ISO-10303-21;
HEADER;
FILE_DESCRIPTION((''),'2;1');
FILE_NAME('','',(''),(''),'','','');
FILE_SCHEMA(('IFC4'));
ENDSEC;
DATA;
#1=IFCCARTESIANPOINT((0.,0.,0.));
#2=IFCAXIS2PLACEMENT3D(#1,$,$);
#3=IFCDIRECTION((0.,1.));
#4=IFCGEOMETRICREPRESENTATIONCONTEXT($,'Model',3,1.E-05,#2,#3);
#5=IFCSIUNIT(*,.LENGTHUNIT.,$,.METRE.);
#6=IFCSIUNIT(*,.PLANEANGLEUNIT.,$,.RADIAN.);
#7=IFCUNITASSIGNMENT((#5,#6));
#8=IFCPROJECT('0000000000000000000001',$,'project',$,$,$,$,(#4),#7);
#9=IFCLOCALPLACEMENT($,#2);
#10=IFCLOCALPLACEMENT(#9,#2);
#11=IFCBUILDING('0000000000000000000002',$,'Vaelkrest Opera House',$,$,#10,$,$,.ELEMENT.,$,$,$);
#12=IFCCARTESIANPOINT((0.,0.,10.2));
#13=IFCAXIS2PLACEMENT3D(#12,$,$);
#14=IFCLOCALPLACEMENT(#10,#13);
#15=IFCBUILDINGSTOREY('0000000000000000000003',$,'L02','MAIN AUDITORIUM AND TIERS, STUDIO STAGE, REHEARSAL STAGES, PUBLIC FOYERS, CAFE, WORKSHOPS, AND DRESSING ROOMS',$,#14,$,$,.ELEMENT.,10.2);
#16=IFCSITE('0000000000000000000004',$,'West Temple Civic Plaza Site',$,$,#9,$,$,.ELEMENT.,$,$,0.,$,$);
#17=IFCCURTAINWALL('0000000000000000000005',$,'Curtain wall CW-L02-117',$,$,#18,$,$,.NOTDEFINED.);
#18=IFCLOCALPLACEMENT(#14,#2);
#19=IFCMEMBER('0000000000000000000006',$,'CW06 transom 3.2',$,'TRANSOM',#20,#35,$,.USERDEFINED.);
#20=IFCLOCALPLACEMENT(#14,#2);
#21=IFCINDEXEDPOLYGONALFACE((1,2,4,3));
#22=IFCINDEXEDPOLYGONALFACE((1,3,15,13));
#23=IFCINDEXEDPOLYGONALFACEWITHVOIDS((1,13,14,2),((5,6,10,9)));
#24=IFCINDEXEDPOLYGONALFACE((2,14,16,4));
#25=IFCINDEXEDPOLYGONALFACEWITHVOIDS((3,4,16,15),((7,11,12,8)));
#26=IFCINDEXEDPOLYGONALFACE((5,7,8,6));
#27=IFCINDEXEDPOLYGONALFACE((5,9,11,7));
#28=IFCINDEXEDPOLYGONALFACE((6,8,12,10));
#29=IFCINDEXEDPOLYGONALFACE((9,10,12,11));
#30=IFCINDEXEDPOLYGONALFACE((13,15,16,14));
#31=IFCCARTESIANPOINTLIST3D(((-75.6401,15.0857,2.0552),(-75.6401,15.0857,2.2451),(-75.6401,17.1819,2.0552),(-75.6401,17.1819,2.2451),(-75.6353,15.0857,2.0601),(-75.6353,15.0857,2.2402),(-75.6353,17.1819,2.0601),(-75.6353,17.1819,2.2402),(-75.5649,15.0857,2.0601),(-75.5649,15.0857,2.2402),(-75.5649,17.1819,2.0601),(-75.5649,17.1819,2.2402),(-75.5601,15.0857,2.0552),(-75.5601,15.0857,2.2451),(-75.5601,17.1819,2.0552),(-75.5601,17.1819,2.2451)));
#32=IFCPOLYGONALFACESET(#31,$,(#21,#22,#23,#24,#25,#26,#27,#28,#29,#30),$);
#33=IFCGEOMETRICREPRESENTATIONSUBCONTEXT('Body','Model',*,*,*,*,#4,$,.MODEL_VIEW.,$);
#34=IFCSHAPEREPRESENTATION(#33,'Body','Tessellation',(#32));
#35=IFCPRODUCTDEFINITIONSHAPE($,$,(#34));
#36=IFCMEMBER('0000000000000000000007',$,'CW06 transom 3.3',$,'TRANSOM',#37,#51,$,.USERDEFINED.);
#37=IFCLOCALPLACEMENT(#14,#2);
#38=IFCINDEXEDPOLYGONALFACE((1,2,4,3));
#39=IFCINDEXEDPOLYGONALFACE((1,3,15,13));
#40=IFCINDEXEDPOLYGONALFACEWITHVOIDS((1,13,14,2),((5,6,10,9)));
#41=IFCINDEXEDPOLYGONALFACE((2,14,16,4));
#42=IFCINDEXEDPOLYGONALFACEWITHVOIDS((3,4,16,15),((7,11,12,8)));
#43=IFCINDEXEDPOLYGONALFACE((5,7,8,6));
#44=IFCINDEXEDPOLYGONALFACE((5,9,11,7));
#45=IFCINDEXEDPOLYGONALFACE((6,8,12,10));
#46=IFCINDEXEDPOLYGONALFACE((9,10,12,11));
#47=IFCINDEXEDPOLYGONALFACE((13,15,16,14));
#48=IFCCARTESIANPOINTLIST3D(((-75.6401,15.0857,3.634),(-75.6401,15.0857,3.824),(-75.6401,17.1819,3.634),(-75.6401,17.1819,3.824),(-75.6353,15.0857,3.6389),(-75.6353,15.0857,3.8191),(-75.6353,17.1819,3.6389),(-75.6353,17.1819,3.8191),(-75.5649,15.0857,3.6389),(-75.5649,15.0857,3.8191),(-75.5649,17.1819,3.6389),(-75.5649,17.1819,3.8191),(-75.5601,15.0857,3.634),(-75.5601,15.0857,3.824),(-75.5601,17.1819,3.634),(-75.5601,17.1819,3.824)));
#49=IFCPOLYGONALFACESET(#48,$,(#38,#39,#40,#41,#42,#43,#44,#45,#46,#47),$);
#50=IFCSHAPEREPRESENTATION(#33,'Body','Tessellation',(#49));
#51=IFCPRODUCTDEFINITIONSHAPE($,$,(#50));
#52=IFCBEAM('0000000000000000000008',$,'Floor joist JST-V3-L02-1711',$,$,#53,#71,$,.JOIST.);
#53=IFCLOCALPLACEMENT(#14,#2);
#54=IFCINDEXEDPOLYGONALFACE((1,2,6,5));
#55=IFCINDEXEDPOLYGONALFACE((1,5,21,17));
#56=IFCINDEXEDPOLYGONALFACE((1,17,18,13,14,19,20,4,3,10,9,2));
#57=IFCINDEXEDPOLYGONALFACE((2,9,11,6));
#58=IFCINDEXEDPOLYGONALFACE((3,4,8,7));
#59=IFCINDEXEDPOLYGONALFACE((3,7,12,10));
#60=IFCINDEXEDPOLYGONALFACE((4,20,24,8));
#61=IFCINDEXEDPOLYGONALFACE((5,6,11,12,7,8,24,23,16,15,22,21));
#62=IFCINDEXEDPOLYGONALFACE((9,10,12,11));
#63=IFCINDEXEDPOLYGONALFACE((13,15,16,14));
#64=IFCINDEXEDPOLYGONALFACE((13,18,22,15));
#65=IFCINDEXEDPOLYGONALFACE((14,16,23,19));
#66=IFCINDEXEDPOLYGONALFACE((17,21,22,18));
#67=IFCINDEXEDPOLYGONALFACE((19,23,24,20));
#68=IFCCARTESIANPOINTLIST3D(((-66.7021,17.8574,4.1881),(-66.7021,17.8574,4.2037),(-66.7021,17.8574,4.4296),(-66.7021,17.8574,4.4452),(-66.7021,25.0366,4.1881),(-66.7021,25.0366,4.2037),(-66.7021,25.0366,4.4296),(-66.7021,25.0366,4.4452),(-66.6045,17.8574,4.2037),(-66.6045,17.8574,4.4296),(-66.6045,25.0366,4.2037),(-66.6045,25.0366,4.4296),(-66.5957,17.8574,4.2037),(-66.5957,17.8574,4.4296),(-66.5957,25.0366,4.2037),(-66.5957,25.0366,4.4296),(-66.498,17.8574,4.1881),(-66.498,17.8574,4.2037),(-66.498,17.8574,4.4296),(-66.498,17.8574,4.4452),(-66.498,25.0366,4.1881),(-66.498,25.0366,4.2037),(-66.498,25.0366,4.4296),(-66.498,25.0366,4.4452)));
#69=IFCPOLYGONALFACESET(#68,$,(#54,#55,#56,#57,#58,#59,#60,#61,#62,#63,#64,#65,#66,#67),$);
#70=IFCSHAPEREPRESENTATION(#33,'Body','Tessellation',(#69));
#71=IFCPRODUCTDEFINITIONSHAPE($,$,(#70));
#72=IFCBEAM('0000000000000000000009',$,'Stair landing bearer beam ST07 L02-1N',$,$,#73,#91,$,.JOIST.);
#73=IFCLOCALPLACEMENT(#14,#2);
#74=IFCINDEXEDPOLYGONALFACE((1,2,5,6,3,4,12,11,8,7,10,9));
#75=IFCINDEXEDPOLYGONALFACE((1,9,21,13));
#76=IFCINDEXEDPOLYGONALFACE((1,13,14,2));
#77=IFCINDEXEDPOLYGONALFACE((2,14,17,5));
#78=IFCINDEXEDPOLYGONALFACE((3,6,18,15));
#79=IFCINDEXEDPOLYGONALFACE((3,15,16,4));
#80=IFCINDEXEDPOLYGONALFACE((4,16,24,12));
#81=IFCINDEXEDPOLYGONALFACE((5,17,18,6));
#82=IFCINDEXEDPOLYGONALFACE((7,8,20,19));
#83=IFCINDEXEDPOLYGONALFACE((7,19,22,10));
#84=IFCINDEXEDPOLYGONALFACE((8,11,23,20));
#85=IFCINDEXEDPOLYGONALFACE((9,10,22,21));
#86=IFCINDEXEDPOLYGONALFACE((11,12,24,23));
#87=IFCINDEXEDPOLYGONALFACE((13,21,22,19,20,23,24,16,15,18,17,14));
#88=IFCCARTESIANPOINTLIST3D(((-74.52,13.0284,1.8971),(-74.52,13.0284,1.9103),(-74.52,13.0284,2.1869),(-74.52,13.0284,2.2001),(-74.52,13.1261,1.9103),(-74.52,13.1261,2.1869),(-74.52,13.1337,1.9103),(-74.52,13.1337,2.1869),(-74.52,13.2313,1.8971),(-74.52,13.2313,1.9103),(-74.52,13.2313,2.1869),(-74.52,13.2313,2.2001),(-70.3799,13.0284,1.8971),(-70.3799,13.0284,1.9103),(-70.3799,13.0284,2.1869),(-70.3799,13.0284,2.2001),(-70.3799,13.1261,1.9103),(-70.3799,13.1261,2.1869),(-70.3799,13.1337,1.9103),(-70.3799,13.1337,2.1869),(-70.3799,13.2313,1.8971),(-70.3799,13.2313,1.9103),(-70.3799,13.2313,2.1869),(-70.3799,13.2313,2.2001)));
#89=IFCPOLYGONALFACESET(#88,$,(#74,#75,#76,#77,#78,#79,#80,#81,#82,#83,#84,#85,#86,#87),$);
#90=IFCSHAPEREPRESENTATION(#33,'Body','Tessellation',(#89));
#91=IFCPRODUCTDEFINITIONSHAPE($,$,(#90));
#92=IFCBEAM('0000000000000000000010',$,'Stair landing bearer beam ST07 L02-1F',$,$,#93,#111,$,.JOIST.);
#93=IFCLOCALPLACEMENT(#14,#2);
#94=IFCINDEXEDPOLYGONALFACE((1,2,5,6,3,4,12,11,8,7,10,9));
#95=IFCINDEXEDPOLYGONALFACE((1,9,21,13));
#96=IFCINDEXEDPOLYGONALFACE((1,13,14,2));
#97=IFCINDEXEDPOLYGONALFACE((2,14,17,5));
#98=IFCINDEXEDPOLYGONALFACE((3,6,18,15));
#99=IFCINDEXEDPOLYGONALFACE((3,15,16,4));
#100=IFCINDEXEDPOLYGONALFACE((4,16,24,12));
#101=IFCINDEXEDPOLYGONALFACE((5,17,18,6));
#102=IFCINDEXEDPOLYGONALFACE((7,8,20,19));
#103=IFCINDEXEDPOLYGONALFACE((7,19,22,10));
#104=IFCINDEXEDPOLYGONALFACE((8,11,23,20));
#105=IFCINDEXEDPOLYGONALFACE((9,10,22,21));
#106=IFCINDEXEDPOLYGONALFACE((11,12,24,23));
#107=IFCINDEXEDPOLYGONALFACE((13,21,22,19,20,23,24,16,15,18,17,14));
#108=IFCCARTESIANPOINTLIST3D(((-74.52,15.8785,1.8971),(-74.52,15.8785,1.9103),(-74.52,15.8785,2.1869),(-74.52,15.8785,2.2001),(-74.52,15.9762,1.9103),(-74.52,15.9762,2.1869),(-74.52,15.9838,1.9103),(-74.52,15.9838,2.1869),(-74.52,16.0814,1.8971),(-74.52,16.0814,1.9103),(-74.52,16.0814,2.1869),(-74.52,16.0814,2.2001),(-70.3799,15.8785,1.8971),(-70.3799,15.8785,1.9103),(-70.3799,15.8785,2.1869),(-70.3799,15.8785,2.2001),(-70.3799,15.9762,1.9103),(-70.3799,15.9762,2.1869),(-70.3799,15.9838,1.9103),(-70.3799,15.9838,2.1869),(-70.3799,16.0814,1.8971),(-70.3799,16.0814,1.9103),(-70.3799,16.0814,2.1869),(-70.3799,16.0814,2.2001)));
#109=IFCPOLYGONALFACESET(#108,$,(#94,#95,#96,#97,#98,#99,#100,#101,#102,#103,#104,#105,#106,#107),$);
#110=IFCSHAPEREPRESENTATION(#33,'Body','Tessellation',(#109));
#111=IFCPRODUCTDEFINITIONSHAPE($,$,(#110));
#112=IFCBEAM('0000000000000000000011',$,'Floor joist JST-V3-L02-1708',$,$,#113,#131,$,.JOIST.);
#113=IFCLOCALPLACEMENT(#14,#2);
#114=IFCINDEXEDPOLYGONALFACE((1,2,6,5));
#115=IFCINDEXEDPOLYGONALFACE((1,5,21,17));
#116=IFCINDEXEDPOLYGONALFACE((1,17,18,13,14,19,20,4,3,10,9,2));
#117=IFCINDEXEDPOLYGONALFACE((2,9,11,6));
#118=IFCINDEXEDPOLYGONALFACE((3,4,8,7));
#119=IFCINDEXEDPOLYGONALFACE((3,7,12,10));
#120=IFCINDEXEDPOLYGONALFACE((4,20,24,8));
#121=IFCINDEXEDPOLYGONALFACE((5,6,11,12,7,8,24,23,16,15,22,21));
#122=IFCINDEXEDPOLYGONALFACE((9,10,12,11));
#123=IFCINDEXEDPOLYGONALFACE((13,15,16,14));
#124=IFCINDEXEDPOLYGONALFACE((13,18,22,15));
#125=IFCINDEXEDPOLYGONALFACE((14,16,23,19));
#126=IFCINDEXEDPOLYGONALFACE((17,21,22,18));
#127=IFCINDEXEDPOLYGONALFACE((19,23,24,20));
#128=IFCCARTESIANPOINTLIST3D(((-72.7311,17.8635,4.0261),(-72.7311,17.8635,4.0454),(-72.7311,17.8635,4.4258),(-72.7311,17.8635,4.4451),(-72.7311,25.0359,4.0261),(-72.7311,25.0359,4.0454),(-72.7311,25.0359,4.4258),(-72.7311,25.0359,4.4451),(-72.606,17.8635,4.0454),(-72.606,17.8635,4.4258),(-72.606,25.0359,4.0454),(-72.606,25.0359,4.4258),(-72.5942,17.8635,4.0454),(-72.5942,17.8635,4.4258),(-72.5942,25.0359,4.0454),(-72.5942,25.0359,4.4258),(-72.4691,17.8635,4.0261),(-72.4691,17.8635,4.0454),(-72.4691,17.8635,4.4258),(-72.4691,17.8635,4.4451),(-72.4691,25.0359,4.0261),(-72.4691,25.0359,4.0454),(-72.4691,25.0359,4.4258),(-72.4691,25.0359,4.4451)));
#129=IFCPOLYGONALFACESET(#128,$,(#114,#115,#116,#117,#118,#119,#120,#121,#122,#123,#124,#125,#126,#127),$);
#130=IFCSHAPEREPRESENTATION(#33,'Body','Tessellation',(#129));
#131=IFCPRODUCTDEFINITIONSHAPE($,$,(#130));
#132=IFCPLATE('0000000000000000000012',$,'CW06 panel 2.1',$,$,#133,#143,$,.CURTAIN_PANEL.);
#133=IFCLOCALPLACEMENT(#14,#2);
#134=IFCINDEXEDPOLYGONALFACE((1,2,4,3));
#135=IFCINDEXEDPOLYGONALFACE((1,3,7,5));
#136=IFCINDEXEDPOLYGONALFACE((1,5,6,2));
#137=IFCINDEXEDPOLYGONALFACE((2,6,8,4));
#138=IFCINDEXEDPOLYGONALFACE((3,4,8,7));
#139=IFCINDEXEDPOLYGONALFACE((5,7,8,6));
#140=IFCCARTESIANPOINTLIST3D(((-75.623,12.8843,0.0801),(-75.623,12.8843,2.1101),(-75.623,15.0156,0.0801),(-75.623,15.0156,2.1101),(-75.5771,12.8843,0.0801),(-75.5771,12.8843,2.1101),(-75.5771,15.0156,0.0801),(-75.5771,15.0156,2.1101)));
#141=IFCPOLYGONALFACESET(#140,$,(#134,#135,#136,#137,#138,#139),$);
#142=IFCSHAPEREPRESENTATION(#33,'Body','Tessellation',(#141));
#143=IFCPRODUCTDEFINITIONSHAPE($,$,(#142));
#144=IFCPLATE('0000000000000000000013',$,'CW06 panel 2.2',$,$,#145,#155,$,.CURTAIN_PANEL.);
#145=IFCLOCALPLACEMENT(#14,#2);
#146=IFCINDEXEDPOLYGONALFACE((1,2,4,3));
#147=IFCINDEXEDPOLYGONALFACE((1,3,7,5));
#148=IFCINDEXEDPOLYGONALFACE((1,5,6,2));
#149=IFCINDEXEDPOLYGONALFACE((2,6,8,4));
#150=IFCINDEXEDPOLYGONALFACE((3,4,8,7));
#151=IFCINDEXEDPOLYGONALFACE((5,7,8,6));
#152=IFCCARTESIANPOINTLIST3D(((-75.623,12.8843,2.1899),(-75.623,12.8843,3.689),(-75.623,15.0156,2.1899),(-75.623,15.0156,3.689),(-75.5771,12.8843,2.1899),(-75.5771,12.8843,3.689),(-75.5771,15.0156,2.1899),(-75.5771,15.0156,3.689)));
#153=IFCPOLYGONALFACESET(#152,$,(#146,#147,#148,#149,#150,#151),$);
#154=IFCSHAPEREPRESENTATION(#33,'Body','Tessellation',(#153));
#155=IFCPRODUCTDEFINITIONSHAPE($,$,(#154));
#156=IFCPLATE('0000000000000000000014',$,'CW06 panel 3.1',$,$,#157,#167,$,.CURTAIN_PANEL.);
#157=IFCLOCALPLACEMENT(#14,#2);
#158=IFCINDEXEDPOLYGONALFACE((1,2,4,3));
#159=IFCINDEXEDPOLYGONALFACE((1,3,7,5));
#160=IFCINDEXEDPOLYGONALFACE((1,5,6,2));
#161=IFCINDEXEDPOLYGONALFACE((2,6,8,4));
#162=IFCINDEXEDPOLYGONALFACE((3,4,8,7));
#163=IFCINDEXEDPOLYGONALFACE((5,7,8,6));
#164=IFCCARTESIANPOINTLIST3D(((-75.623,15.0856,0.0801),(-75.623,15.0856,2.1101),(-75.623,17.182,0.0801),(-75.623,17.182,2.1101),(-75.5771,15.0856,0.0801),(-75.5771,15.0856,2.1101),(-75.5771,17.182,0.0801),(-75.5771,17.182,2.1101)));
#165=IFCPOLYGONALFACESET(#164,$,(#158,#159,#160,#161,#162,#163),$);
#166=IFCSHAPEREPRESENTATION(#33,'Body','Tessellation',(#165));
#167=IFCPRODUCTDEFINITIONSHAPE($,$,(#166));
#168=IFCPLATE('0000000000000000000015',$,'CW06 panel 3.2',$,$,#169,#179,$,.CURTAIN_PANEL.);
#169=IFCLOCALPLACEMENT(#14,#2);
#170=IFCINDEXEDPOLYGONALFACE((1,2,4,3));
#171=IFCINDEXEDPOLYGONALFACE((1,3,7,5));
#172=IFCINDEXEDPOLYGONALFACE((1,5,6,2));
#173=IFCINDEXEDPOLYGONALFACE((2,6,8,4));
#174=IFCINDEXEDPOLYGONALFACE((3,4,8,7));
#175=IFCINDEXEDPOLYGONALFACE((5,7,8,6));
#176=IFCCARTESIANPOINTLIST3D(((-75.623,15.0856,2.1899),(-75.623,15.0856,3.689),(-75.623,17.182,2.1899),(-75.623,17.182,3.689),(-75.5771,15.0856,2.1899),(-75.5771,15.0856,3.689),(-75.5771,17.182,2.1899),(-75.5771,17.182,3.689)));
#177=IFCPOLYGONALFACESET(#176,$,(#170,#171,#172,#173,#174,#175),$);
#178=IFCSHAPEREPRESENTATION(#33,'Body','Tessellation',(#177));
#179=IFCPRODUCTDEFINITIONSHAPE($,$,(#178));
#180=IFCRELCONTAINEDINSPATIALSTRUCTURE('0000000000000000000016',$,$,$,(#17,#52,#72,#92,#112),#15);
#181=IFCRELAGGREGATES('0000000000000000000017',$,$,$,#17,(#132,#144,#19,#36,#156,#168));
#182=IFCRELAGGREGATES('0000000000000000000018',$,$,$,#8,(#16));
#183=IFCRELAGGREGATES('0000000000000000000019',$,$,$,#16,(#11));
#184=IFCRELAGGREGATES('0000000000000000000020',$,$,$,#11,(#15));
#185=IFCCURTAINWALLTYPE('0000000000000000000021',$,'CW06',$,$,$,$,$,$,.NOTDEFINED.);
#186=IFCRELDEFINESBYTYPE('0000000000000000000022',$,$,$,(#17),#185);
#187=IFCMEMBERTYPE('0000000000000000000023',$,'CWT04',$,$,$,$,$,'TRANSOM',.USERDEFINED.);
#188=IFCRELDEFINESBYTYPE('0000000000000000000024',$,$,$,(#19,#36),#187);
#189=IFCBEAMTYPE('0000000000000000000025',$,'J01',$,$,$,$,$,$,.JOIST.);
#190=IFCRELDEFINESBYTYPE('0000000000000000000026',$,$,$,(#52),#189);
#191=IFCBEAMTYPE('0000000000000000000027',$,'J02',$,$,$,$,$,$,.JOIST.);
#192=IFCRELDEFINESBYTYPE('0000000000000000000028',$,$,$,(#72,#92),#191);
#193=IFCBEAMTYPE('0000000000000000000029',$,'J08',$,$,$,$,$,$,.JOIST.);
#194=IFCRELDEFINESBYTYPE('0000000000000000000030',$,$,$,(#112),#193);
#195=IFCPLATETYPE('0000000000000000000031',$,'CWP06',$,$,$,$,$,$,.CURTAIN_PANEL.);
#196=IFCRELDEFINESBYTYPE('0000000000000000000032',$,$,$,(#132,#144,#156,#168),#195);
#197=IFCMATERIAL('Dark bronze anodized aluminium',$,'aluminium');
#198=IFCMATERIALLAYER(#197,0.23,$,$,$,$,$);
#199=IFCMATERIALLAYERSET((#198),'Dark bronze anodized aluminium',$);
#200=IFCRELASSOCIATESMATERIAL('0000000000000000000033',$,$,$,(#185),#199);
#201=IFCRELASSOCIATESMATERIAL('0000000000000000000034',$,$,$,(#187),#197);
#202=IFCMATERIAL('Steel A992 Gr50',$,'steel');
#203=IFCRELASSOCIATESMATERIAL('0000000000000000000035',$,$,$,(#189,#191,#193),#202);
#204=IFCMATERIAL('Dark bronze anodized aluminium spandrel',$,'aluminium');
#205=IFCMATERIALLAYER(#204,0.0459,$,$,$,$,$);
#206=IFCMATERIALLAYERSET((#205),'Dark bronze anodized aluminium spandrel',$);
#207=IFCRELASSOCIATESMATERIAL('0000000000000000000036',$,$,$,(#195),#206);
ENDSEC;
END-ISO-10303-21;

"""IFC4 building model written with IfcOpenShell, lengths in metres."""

from ifc_helpers import new_model, si_unit, direction, frame, origin, origin_2d, place, context, subcontext, project, spatial, rectangle, hollow_rectangle, i_section, extrude, material, layer, layer_set, material_profile, profile_set, type_object, element, aggregate, save


model = new_model("IFC4")

# Units and contexts
model_context = context("Model", 3, precision=1e-05, world=origin(), true_north=direction((0.0, 1.0)))
body_context = subcontext(model_context, "Body", "Model", "MODEL_VIEW")
ifc_project = project(units=[si_unit("LENGTHUNIT", "METRE"), si_unit("PLANEANGLEUNIT", "RADIAN")], contexts=[model_context])

# Site, building, storey
site_placement = place(None, origin())
site = spatial("IfcSite", under=ifc_project, at=site_placement, Name="West Temple Civic Plaza Site", CompositionType="ELEMENT", RefElevation=0.0)
building_placement = place(site_placement, origin())
building = spatial("IfcBuilding", under=site, at=building_placement, Name="Vaelkrest Opera House", CompositionType="ELEMENT")
storey_placement = place(building_placement, frame((0.0, 0.0, 10.2)))
storey = spatial("IfcBuildingStorey", under=building, at=storey_placement, Name="L02", Description="MAIN AUDITORIUM AND TIERS, STUDIO STAGE, REHEARSAL STAGES, PUBLIC FOYERS, CAFE, WORKSHOPS, AND DRESSING ROOMS", CompositionType="ELEMENT", Elevation=10.2)

# Shared definitions
ifc_material_1 = material(Name="Steel A992 Gr50", Category="steel")

# Curtain wall, members
ifc_material_2 = material(Name="Dark bronze anodized aluminium", Category="aluminium")
ifc_layer_1 = layer(ifc_material_2, 0.23)
ifc_layer_set_1 = layer_set([ifc_layer_1], Name="Dark bronze anodized aluminium")
curtain_wall_type = type_object("IfcCurtainWallType", Name="CW06", PredefinedType="NOTDEFINED", material=ifc_layer_set_1)
curtain_wall_placement = place(storey_placement, origin())
curtain_wall = element("IfcCurtainWall", 1, at=curtain_wall_placement, inside=storey, type_object=curtain_wall_type, Name="Curtain wall CW-L02-117", PredefinedType="NOTDEFINED")
ifc_material_profile_1 = material_profile(ifc_material_2, hollow_rectangle(XDim=0.0801, YDim=0.1899, WallThickness=0.0049, at=origin_2d()), Name="CWT80X190")
ifc_profile_set_1 = profile_set([ifc_material_profile_1], Name="Dark bronze anodized aluminium")
member_type_1 = type_object("IfcMemberType", Name="CWT04", ElementType="TRANSOM", PredefinedType="USERDEFINED", material=ifc_profile_set_1)
member_1_placement = place(storey_placement, frame((-75.6001, 15.0857, 2.1501), z_axis=(0.0, 1.0, 0.0), x_axis=(-1.0, 0.0, 0.0)))
member_1 = element("IfcMember", 2, at=member_1_placement, type_object=member_type_1, Name="CW06 transom 3.2", ObjectType="TRANSOM", PredefinedType="USERDEFINED", context=body_context, shape_type="SweptSolid", body=[
    extrude(hollow_rectangle(XDim=0.0801, YDim=0.1899, WallThickness=0.0049, at=origin_2d()), origin(), (0.0, 0.0, 1.0), 2.0962),
])
member_2_placement = place(storey_placement, frame((-75.6001, 15.0857, 3.729), z_axis=(0.0, 1.0, 0.0), x_axis=(-1.0, 0.0, 0.0)))
member_2 = element("IfcMember", 3, at=member_2_placement, type_object=member_type_1, Name="CW06 transom 3.3", ObjectType="TRANSOM", PredefinedType="USERDEFINED", context=body_context, shape_type="SweptSolid", body=[
    extrude(hollow_rectangle(XDim=0.0801, YDim=0.1899, WallThickness=0.0049, at=origin_2d()), origin(), (0.0, 0.0, 1.0), 2.0962),
])

# Beams
ifc_material_profile_2 = material_profile(ifc_material_1, i_section(OverallWidth=0.2041, OverallDepth=0.2571, WebThickness=0.0088, FlangeThickness=0.0156, at=origin_2d()), Name="W10X45")
ifc_profile_set_2 = profile_set([ifc_material_profile_2], Name="Steel A992 Gr50")
beam_type_1 = type_object("IfcBeamType", Name="J01", PredefinedType="JOIST", material=ifc_profile_set_2)
beam_1_placement = place(storey_placement, frame((-66.6001, 17.8574, 4.3167), z_axis=(0.0, 1.0, 0.0), x_axis=(-1.0, 0.0, 0.0)))
element("IfcBeam", 4, at=beam_1_placement, inside=storey, type_object=beam_type_1, Name="Floor joist JST-V3-L02-1711", PredefinedType="JOIST", context=body_context, shape_type="SweptSolid", body=[
    extrude(i_section(OverallWidth=0.2041, OverallDepth=0.2571, WebThickness=0.0088, FlangeThickness=0.0156, at=origin_2d()), origin(), (0.0, 0.0, 1.0), 7.1792),
])
ifc_material_profile_3 = material_profile(ifc_material_1, i_section(OverallWidth=0.2029, OverallDepth=0.303, WebThickness=0.0076, FlangeThickness=0.0132, at=origin_2d()), Name="W12X40")
ifc_profile_set_3 = profile_set([ifc_material_profile_3], Name="Steel A992 Gr50")
beam_type_2 = type_object("IfcBeamType", Name="J02", PredefinedType="JOIST", material=ifc_profile_set_3)
for number, where, z_axis, x_axis, name in (
    (5, (-74.52, 13.1299, 2.0486), (1.0, 0.0, 0.0), (0.0, 1.0, 0.0), "Stair landing bearer beam ST07 L02-1N"),
    (6, (-74.52, 15.98, 2.0486), (1.0, 0.0, 0.0), (0.0, 1.0, 0.0), "Stair landing bearer beam ST07 L02-1F"),
):
    element("IfcBeam", number, at=place(storey_placement, frame(where, z_axis=z_axis, x_axis=x_axis)), inside=storey, type_object=beam_type_2, Name=name, PredefinedType="JOIST", context=body_context, shape_type="SweptSolid", body=[
        extrude(i_section(OverallWidth=0.2029, OverallDepth=0.303, WebThickness=0.0076, FlangeThickness=0.0132, at=origin_2d()), origin(), (0.0, 0.0, 1.0), 4.1401),
    ])
ifc_material_profile_4 = material_profile(ifc_material_1, i_section(OverallWidth=0.262, OverallDepth=0.4189, WebThickness=0.0117, FlangeThickness=0.0193, at=origin_2d()), Name="W16X77")
ifc_profile_set_4 = profile_set([ifc_material_profile_4], Name="Steel A992 Gr50")
beam_type_3 = type_object("IfcBeamType", Name="J08", PredefinedType="JOIST", material=ifc_profile_set_4)
beam_2_placement = place(storey_placement, frame((-72.6001, 17.8635, 4.2356), z_axis=(0.0, 1.0, 0.0), x_axis=(-1.0, 0.0, 0.0)))
element("IfcBeam", 7, at=beam_2_placement, inside=storey, type_object=beam_type_3, Name="Floor joist JST-V3-L02-1708", PredefinedType="JOIST", context=body_context, shape_type="SweptSolid", body=[
    extrude(i_section(OverallWidth=0.262, OverallDepth=0.4189, WebThickness=0.0117, FlangeThickness=0.0193, at=origin_2d()), origin(), (0.0, 0.0, 1.0), 7.1724),
])

# Plates
ifc_material_3 = material(Name="Dark bronze anodized aluminium spandrel", Category="aluminium")
ifc_layer_2 = layer(ifc_material_3, 0.0459)
ifc_layer_set_2 = layer_set([ifc_layer_2], Name="Dark bronze anodized aluminium spandrel")
plate_type = type_object("IfcPlateType", Name="CWP06", PredefinedType="CURTAIN_PANEL", material=ifc_layer_set_2)
plate_1_placement = place(storey_placement, frame((-75.6001, 13.95, 0.0801), z_axis=(0.0, 0.0, 1.0), x_axis=(0.0, 1.0, 0.0)))
plate_1 = element("IfcPlate", 8, at=plate_1_placement, type_object=plate_type, Name="CW06 panel 2.1", PredefinedType="CURTAIN_PANEL", context=body_context, shape_type="SweptSolid", body=[
    extrude(rectangle(XDim=2.1313, YDim=0.0459, at=origin_2d()), origin(), (0.0, 0.0, 1.0), 2.03),
])
plate_2_placement = place(storey_placement, frame((-75.6001, 13.95, 2.1899), z_axis=(0.0, 0.0, 1.0), x_axis=(0.0, 1.0, 0.0)))
plate_2 = element("IfcPlate", 9, at=plate_2_placement, type_object=plate_type, Name="CW06 panel 2.2", PredefinedType="CURTAIN_PANEL", context=body_context, shape_type="SweptSolid", body=[
    extrude(rectangle(XDim=2.1313, YDim=0.0459, at=origin_2d()), origin(), (0.0, 0.0, 1.0), 1.499),
])
plate_3_placement = place(storey_placement, frame((-75.6001, 16.1338, 0.0801), z_axis=(0.0, 0.0, 1.0), x_axis=(0.0, 1.0, 0.0)))
plate_3 = element("IfcPlate", 10, at=plate_3_placement, type_object=plate_type, Name="CW06 panel 3.1", PredefinedType="CURTAIN_PANEL", context=body_context, shape_type="SweptSolid", body=[
    extrude(rectangle(XDim=2.0964, YDim=0.0459, at=origin_2d()), origin(), (0.0, 0.0, 1.0), 2.03),
])
plate_4_placement = place(storey_placement, frame((-75.6001, 16.1338, 2.1899), z_axis=(0.0, 0.0, 1.0), x_axis=(0.0, 1.0, 0.0)))
plate_4 = element("IfcPlate", 11, at=plate_4_placement, type_object=plate_type, Name="CW06 panel 3.2", PredefinedType="CURTAIN_PANEL", context=body_context, shape_type="SweptSolid", body=[
    extrude(rectangle(XDim=2.0964, YDim=0.0459, at=origin_2d()), origin(), (0.0, 0.0, 1.0), 1.499),
])
aggregate(curtain_wall, [plate_1, plate_2, member_1, member_2, plate_3, plate_4])

save(model, "model.ifc")
